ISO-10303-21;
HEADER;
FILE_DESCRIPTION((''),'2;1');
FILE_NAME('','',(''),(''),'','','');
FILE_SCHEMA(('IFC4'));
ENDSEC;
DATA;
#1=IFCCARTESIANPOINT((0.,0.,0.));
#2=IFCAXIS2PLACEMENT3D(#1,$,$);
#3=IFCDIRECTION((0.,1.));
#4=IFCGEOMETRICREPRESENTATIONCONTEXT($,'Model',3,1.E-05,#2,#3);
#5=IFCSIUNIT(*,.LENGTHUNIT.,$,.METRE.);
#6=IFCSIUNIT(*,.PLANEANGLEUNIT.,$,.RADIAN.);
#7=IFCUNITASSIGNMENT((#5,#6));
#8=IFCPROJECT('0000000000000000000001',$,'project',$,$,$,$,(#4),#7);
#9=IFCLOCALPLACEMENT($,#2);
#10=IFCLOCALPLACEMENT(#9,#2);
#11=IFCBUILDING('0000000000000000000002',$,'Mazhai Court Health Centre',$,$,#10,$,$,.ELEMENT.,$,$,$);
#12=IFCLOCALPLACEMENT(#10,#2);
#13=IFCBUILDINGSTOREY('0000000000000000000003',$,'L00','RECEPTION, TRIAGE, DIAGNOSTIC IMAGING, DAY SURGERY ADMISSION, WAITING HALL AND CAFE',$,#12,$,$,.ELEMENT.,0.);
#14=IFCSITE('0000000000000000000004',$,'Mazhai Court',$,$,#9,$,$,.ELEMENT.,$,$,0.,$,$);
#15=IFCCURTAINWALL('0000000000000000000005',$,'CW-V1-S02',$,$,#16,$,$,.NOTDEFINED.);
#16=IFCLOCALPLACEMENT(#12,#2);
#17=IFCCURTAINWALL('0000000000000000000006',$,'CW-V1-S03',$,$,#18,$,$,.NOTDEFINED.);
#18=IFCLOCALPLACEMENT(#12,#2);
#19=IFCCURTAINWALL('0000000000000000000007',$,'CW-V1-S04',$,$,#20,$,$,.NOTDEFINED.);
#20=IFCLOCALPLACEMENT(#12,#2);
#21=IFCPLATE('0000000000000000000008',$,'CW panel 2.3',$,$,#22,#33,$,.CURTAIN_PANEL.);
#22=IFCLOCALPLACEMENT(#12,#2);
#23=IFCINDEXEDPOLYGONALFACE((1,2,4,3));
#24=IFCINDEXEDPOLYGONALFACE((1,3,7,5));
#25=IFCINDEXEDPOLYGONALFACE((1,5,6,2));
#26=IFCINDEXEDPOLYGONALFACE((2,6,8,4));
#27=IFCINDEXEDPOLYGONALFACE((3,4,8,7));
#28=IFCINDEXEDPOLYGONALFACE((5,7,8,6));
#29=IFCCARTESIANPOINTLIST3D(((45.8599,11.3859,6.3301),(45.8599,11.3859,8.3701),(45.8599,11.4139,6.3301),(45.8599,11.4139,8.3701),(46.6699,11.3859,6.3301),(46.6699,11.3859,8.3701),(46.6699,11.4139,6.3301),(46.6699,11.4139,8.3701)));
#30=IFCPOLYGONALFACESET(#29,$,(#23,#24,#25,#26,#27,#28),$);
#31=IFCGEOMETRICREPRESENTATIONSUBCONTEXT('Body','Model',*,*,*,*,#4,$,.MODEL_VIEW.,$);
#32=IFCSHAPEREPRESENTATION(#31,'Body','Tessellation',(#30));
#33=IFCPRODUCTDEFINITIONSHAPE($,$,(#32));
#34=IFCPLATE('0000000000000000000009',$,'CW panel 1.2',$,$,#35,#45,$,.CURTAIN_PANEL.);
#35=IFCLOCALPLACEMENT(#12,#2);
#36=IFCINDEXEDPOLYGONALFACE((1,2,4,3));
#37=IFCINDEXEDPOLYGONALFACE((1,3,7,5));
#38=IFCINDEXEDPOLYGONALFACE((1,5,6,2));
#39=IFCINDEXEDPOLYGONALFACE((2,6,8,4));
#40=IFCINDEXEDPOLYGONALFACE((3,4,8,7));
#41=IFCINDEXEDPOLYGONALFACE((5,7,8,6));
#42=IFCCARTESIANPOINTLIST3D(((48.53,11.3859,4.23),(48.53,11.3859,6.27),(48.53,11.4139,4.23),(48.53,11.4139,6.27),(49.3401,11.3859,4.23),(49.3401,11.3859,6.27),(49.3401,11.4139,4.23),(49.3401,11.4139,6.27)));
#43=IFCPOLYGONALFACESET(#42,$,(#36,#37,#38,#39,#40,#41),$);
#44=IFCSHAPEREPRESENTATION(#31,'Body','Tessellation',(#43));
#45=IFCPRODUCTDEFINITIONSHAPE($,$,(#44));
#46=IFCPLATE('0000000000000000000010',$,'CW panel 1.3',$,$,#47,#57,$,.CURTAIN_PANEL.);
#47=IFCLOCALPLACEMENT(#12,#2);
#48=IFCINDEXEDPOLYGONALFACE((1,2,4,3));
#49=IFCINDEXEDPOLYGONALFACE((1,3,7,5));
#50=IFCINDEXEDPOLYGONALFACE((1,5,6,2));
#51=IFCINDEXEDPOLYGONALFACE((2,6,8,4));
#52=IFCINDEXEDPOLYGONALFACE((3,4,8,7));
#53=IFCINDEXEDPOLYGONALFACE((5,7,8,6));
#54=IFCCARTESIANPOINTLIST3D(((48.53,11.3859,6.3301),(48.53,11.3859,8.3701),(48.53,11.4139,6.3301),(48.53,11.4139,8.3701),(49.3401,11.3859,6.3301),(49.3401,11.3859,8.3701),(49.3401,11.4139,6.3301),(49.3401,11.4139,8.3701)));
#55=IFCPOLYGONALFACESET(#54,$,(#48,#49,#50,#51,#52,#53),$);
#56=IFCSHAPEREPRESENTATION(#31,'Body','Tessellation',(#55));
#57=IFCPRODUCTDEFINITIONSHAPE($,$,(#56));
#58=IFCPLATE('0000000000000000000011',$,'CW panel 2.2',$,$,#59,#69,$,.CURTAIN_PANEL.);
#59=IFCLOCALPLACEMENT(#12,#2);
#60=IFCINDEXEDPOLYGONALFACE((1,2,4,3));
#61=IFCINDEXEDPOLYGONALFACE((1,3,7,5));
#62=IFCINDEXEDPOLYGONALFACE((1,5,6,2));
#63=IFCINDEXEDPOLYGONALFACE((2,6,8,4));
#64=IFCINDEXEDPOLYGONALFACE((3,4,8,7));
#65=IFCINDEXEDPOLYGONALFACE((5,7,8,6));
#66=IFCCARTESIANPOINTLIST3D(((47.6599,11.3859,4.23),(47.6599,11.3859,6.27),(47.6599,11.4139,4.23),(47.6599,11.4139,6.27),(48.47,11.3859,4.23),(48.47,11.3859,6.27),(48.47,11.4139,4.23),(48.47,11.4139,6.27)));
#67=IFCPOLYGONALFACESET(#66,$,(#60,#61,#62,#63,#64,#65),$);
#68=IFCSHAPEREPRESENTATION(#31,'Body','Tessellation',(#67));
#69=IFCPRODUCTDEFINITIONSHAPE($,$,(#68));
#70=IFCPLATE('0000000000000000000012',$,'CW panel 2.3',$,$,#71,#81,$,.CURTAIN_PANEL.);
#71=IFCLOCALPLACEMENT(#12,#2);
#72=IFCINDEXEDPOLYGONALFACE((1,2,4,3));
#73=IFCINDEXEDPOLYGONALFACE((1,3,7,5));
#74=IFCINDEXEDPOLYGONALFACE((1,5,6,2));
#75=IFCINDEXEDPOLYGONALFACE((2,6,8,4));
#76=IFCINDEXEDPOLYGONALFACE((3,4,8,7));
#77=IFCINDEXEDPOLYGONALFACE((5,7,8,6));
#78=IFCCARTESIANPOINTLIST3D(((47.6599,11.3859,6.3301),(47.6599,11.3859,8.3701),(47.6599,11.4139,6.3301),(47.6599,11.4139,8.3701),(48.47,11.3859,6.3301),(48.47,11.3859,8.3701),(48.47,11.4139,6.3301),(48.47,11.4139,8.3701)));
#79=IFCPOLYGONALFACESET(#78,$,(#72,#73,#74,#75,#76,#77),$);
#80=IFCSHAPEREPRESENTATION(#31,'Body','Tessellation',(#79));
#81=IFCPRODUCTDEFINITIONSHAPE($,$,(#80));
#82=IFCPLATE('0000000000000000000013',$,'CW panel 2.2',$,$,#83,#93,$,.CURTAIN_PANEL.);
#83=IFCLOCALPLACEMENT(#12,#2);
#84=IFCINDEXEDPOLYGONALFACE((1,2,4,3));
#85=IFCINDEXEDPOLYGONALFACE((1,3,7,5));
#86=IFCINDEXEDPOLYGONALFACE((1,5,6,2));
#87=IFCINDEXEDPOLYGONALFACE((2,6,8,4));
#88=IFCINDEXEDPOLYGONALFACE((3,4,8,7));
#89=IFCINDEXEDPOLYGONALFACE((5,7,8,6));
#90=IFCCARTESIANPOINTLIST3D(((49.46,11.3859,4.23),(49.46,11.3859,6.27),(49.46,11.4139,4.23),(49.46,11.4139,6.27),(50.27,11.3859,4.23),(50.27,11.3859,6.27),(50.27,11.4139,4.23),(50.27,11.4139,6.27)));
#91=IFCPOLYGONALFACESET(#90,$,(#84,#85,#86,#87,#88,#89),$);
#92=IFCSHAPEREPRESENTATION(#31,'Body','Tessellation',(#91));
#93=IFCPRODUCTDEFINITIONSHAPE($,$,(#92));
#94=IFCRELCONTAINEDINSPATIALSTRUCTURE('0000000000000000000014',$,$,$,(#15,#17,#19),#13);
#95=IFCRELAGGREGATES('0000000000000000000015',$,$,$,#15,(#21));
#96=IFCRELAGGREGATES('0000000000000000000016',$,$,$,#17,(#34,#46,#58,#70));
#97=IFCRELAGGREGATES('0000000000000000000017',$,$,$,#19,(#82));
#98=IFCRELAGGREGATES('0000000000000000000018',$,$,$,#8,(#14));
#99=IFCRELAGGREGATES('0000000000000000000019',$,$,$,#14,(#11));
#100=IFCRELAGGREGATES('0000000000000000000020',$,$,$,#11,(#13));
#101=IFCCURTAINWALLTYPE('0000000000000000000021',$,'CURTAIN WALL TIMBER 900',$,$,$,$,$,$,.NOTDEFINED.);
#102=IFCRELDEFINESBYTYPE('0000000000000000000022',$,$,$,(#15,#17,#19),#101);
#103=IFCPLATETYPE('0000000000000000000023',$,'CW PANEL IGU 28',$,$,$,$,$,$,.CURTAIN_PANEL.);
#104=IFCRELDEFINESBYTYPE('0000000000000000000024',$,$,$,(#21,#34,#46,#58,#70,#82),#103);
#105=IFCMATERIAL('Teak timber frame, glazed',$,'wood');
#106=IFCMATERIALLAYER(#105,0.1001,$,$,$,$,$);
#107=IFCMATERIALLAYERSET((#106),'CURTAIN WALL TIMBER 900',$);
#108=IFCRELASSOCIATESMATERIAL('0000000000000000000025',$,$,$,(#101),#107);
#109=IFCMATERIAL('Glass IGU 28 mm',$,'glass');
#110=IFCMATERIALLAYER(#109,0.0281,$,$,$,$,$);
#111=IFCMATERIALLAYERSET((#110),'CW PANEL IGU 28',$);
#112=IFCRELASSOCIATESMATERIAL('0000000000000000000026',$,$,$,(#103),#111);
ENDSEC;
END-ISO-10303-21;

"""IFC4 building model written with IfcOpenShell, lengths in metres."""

from ifc_helpers import new_model, si_unit, direction, frame, origin, origin_2d, place, context, subcontext, project, spatial, rectangle, extrude, material, layer, layer_set, type_object, element, aggregate, save


model = new_model("IFC4")

# Units and contexts
model_context = context("Model", 3, precision=1e-05, world=origin(), true_north=direction((0.0, 1.0)))
body_context = subcontext(model_context, "Body", "Model", "MODEL_VIEW")
ifc_project = project(units=[si_unit("LENGTHUNIT", "METRE"), si_unit("PLANEANGLEUNIT", "RADIAN")], contexts=[model_context])

# Site, building, storey
site_placement = place(None, origin())
site = spatial("IfcSite", under=ifc_project, at=site_placement, Name="Mazhai Court", CompositionType="ELEMENT", RefElevation=0.0)
building_placement = place(site_placement, origin())
building = spatial("IfcBuilding", under=site, at=building_placement, Name="Mazhai Court Health Centre", CompositionType="ELEMENT")
storey_placement = place(building_placement, origin())
storey = spatial("IfcBuildingStorey", under=building, at=storey_placement, Name="L00", Description="RECEPTION, TRIAGE, DIAGNOSTIC IMAGING, DAY SURGERY ADMISSION, WAITING HALL AND CAFE", CompositionType="ELEMENT", Elevation=0.0)

# Curtain walls
ifc_material_1 = material(Name="Teak timber frame, glazed", Category="wood")
ifc_layer_1 = layer(ifc_material_1, 0.1001)
ifc_layer_set_1 = layer_set([ifc_layer_1], Name="CURTAIN WALL TIMBER 900")
curtain_wall_type = type_object("IfcCurtainWallType", Name="CURTAIN WALL TIMBER 900", PredefinedType="NOTDEFINED", material=ifc_layer_set_1)
curtain_wall_1_placement = place(storey_placement, origin())
curtain_wall_1 = element("IfcCurtainWall", 1, at=curtain_wall_1_placement, inside=storey, type_object=curtain_wall_type, Name="CW-V1-S02", PredefinedType="NOTDEFINED")
curtain_wall_2_placement = place(storey_placement, origin())
curtain_wall_2 = element("IfcCurtainWall", 2, at=curtain_wall_2_placement, inside=storey, type_object=curtain_wall_type, Name="CW-V1-S03", PredefinedType="NOTDEFINED")
curtain_wall_3_placement = place(storey_placement, origin())
curtain_wall_3 = element("IfcCurtainWall", 3, at=curtain_wall_3_placement, inside=storey, type_object=curtain_wall_type, Name="CW-V1-S04", PredefinedType="NOTDEFINED")

# Plates
ifc_material_2 = material(Name="Glass IGU 28 mm", Category="glass")
ifc_layer_2 = layer(ifc_material_2, 0.0281)
ifc_layer_set_2 = layer_set([ifc_layer_2], Name="CW PANEL IGU 28")
plate_type = type_object("IfcPlateType", Name="CW PANEL IGU 28", PredefinedType="CURTAIN_PANEL", material=ifc_layer_set_2)
plate_1_placement = place(storey_placement, frame((46.2649, 11.3999, 6.3301), z_axis=(0.0, 0.0, 1.0), x_axis=(-1.0, 0.0, 0.0)))
plate_1 = element("IfcPlate", 4, at=plate_1_placement, type_object=plate_type, Name="CW panel 2.3", PredefinedType="CURTAIN_PANEL", context=body_context, shape_type="SweptSolid", body=[
    extrude(rectangle(XDim=0.8101, YDim=0.0281, at=origin_2d()), origin(), (0.0, 0.0, 1.0), 2.04),
])
aggregate(curtain_wall_1, [plate_1])
plate_2_placement = place(storey_placement, frame((48.9351, 11.3999, 4.23), z_axis=(0.0, 0.0, 1.0), x_axis=(-1.0, 0.0, 0.0)))
plate_2 = element("IfcPlate", 5, at=plate_2_placement, type_object=plate_type, Name="CW panel 1.2", PredefinedType="CURTAIN_PANEL", context=body_context, shape_type="SweptSolid", body=[
    extrude(rectangle(XDim=0.8101, YDim=0.0281, at=origin_2d()), origin(), (0.0, 0.0, 1.0), 2.04),
])
plate_3_placement = place(storey_placement, frame((48.9351, 11.3999, 6.3301), z_axis=(0.0, 0.0, 1.0), x_axis=(-1.0, 0.0, 0.0)))
plate_3 = element("IfcPlate", 6, at=plate_3_placement, type_object=plate_type, Name="CW panel 1.3", PredefinedType="CURTAIN_PANEL", context=body_context, shape_type="SweptSolid", body=[
    extrude(rectangle(XDim=0.8101, YDim=0.0281, at=origin_2d()), origin(), (0.0, 0.0, 1.0), 2.04),
])
plate_4_placement = place(storey_placement, frame((48.0649, 11.3999, 4.23), z_axis=(0.0, 0.0, 1.0), x_axis=(-1.0, 0.0, 0.0)))
plate_4 = element("IfcPlate", 7, at=plate_4_placement, type_object=plate_type, Name="CW panel 2.2", PredefinedType="CURTAIN_PANEL", context=body_context, shape_type="SweptSolid", body=[
    extrude(rectangle(XDim=0.8101, YDim=0.0281, at=origin_2d()), origin(), (0.0, 0.0, 1.0), 2.04),
])
plate_5_placement = place(storey_placement, frame((48.0649, 11.3999, 6.3301), z_axis=(0.0, 0.0, 1.0), x_axis=(-1.0, 0.0, 0.0)))
plate_5 = element("IfcPlate", 8, at=plate_5_placement, type_object=plate_type, Name="CW panel 2.3", PredefinedType="CURTAIN_PANEL", context=body_context, shape_type="SweptSolid", body=[
    extrude(rectangle(XDim=0.8101, YDim=0.0281, at=origin_2d()), origin(), (0.0, 0.0, 1.0), 2.04),
])
aggregate(curtain_wall_2, [plate_2, plate_3, plate_4, plate_5])
plate_6_placement = place(storey_placement, frame((49.865, 11.3999, 4.23), z_axis=(0.0, 0.0, 1.0), x_axis=(-1.0, 0.0, 0.0)))
plate_6 = element("IfcPlate", 9, at=plate_6_placement, type_object=plate_type, Name="CW panel 2.2", PredefinedType="CURTAIN_PANEL", context=body_context, shape_type="SweptSolid", body=[
    extrude(rectangle(XDim=0.8101, YDim=0.0281, at=origin_2d()), origin(), (0.0, 0.0, 1.0), 2.04),
])
aggregate(curtain_wall_3, [plate_6])

save(model, "model.ifc")
